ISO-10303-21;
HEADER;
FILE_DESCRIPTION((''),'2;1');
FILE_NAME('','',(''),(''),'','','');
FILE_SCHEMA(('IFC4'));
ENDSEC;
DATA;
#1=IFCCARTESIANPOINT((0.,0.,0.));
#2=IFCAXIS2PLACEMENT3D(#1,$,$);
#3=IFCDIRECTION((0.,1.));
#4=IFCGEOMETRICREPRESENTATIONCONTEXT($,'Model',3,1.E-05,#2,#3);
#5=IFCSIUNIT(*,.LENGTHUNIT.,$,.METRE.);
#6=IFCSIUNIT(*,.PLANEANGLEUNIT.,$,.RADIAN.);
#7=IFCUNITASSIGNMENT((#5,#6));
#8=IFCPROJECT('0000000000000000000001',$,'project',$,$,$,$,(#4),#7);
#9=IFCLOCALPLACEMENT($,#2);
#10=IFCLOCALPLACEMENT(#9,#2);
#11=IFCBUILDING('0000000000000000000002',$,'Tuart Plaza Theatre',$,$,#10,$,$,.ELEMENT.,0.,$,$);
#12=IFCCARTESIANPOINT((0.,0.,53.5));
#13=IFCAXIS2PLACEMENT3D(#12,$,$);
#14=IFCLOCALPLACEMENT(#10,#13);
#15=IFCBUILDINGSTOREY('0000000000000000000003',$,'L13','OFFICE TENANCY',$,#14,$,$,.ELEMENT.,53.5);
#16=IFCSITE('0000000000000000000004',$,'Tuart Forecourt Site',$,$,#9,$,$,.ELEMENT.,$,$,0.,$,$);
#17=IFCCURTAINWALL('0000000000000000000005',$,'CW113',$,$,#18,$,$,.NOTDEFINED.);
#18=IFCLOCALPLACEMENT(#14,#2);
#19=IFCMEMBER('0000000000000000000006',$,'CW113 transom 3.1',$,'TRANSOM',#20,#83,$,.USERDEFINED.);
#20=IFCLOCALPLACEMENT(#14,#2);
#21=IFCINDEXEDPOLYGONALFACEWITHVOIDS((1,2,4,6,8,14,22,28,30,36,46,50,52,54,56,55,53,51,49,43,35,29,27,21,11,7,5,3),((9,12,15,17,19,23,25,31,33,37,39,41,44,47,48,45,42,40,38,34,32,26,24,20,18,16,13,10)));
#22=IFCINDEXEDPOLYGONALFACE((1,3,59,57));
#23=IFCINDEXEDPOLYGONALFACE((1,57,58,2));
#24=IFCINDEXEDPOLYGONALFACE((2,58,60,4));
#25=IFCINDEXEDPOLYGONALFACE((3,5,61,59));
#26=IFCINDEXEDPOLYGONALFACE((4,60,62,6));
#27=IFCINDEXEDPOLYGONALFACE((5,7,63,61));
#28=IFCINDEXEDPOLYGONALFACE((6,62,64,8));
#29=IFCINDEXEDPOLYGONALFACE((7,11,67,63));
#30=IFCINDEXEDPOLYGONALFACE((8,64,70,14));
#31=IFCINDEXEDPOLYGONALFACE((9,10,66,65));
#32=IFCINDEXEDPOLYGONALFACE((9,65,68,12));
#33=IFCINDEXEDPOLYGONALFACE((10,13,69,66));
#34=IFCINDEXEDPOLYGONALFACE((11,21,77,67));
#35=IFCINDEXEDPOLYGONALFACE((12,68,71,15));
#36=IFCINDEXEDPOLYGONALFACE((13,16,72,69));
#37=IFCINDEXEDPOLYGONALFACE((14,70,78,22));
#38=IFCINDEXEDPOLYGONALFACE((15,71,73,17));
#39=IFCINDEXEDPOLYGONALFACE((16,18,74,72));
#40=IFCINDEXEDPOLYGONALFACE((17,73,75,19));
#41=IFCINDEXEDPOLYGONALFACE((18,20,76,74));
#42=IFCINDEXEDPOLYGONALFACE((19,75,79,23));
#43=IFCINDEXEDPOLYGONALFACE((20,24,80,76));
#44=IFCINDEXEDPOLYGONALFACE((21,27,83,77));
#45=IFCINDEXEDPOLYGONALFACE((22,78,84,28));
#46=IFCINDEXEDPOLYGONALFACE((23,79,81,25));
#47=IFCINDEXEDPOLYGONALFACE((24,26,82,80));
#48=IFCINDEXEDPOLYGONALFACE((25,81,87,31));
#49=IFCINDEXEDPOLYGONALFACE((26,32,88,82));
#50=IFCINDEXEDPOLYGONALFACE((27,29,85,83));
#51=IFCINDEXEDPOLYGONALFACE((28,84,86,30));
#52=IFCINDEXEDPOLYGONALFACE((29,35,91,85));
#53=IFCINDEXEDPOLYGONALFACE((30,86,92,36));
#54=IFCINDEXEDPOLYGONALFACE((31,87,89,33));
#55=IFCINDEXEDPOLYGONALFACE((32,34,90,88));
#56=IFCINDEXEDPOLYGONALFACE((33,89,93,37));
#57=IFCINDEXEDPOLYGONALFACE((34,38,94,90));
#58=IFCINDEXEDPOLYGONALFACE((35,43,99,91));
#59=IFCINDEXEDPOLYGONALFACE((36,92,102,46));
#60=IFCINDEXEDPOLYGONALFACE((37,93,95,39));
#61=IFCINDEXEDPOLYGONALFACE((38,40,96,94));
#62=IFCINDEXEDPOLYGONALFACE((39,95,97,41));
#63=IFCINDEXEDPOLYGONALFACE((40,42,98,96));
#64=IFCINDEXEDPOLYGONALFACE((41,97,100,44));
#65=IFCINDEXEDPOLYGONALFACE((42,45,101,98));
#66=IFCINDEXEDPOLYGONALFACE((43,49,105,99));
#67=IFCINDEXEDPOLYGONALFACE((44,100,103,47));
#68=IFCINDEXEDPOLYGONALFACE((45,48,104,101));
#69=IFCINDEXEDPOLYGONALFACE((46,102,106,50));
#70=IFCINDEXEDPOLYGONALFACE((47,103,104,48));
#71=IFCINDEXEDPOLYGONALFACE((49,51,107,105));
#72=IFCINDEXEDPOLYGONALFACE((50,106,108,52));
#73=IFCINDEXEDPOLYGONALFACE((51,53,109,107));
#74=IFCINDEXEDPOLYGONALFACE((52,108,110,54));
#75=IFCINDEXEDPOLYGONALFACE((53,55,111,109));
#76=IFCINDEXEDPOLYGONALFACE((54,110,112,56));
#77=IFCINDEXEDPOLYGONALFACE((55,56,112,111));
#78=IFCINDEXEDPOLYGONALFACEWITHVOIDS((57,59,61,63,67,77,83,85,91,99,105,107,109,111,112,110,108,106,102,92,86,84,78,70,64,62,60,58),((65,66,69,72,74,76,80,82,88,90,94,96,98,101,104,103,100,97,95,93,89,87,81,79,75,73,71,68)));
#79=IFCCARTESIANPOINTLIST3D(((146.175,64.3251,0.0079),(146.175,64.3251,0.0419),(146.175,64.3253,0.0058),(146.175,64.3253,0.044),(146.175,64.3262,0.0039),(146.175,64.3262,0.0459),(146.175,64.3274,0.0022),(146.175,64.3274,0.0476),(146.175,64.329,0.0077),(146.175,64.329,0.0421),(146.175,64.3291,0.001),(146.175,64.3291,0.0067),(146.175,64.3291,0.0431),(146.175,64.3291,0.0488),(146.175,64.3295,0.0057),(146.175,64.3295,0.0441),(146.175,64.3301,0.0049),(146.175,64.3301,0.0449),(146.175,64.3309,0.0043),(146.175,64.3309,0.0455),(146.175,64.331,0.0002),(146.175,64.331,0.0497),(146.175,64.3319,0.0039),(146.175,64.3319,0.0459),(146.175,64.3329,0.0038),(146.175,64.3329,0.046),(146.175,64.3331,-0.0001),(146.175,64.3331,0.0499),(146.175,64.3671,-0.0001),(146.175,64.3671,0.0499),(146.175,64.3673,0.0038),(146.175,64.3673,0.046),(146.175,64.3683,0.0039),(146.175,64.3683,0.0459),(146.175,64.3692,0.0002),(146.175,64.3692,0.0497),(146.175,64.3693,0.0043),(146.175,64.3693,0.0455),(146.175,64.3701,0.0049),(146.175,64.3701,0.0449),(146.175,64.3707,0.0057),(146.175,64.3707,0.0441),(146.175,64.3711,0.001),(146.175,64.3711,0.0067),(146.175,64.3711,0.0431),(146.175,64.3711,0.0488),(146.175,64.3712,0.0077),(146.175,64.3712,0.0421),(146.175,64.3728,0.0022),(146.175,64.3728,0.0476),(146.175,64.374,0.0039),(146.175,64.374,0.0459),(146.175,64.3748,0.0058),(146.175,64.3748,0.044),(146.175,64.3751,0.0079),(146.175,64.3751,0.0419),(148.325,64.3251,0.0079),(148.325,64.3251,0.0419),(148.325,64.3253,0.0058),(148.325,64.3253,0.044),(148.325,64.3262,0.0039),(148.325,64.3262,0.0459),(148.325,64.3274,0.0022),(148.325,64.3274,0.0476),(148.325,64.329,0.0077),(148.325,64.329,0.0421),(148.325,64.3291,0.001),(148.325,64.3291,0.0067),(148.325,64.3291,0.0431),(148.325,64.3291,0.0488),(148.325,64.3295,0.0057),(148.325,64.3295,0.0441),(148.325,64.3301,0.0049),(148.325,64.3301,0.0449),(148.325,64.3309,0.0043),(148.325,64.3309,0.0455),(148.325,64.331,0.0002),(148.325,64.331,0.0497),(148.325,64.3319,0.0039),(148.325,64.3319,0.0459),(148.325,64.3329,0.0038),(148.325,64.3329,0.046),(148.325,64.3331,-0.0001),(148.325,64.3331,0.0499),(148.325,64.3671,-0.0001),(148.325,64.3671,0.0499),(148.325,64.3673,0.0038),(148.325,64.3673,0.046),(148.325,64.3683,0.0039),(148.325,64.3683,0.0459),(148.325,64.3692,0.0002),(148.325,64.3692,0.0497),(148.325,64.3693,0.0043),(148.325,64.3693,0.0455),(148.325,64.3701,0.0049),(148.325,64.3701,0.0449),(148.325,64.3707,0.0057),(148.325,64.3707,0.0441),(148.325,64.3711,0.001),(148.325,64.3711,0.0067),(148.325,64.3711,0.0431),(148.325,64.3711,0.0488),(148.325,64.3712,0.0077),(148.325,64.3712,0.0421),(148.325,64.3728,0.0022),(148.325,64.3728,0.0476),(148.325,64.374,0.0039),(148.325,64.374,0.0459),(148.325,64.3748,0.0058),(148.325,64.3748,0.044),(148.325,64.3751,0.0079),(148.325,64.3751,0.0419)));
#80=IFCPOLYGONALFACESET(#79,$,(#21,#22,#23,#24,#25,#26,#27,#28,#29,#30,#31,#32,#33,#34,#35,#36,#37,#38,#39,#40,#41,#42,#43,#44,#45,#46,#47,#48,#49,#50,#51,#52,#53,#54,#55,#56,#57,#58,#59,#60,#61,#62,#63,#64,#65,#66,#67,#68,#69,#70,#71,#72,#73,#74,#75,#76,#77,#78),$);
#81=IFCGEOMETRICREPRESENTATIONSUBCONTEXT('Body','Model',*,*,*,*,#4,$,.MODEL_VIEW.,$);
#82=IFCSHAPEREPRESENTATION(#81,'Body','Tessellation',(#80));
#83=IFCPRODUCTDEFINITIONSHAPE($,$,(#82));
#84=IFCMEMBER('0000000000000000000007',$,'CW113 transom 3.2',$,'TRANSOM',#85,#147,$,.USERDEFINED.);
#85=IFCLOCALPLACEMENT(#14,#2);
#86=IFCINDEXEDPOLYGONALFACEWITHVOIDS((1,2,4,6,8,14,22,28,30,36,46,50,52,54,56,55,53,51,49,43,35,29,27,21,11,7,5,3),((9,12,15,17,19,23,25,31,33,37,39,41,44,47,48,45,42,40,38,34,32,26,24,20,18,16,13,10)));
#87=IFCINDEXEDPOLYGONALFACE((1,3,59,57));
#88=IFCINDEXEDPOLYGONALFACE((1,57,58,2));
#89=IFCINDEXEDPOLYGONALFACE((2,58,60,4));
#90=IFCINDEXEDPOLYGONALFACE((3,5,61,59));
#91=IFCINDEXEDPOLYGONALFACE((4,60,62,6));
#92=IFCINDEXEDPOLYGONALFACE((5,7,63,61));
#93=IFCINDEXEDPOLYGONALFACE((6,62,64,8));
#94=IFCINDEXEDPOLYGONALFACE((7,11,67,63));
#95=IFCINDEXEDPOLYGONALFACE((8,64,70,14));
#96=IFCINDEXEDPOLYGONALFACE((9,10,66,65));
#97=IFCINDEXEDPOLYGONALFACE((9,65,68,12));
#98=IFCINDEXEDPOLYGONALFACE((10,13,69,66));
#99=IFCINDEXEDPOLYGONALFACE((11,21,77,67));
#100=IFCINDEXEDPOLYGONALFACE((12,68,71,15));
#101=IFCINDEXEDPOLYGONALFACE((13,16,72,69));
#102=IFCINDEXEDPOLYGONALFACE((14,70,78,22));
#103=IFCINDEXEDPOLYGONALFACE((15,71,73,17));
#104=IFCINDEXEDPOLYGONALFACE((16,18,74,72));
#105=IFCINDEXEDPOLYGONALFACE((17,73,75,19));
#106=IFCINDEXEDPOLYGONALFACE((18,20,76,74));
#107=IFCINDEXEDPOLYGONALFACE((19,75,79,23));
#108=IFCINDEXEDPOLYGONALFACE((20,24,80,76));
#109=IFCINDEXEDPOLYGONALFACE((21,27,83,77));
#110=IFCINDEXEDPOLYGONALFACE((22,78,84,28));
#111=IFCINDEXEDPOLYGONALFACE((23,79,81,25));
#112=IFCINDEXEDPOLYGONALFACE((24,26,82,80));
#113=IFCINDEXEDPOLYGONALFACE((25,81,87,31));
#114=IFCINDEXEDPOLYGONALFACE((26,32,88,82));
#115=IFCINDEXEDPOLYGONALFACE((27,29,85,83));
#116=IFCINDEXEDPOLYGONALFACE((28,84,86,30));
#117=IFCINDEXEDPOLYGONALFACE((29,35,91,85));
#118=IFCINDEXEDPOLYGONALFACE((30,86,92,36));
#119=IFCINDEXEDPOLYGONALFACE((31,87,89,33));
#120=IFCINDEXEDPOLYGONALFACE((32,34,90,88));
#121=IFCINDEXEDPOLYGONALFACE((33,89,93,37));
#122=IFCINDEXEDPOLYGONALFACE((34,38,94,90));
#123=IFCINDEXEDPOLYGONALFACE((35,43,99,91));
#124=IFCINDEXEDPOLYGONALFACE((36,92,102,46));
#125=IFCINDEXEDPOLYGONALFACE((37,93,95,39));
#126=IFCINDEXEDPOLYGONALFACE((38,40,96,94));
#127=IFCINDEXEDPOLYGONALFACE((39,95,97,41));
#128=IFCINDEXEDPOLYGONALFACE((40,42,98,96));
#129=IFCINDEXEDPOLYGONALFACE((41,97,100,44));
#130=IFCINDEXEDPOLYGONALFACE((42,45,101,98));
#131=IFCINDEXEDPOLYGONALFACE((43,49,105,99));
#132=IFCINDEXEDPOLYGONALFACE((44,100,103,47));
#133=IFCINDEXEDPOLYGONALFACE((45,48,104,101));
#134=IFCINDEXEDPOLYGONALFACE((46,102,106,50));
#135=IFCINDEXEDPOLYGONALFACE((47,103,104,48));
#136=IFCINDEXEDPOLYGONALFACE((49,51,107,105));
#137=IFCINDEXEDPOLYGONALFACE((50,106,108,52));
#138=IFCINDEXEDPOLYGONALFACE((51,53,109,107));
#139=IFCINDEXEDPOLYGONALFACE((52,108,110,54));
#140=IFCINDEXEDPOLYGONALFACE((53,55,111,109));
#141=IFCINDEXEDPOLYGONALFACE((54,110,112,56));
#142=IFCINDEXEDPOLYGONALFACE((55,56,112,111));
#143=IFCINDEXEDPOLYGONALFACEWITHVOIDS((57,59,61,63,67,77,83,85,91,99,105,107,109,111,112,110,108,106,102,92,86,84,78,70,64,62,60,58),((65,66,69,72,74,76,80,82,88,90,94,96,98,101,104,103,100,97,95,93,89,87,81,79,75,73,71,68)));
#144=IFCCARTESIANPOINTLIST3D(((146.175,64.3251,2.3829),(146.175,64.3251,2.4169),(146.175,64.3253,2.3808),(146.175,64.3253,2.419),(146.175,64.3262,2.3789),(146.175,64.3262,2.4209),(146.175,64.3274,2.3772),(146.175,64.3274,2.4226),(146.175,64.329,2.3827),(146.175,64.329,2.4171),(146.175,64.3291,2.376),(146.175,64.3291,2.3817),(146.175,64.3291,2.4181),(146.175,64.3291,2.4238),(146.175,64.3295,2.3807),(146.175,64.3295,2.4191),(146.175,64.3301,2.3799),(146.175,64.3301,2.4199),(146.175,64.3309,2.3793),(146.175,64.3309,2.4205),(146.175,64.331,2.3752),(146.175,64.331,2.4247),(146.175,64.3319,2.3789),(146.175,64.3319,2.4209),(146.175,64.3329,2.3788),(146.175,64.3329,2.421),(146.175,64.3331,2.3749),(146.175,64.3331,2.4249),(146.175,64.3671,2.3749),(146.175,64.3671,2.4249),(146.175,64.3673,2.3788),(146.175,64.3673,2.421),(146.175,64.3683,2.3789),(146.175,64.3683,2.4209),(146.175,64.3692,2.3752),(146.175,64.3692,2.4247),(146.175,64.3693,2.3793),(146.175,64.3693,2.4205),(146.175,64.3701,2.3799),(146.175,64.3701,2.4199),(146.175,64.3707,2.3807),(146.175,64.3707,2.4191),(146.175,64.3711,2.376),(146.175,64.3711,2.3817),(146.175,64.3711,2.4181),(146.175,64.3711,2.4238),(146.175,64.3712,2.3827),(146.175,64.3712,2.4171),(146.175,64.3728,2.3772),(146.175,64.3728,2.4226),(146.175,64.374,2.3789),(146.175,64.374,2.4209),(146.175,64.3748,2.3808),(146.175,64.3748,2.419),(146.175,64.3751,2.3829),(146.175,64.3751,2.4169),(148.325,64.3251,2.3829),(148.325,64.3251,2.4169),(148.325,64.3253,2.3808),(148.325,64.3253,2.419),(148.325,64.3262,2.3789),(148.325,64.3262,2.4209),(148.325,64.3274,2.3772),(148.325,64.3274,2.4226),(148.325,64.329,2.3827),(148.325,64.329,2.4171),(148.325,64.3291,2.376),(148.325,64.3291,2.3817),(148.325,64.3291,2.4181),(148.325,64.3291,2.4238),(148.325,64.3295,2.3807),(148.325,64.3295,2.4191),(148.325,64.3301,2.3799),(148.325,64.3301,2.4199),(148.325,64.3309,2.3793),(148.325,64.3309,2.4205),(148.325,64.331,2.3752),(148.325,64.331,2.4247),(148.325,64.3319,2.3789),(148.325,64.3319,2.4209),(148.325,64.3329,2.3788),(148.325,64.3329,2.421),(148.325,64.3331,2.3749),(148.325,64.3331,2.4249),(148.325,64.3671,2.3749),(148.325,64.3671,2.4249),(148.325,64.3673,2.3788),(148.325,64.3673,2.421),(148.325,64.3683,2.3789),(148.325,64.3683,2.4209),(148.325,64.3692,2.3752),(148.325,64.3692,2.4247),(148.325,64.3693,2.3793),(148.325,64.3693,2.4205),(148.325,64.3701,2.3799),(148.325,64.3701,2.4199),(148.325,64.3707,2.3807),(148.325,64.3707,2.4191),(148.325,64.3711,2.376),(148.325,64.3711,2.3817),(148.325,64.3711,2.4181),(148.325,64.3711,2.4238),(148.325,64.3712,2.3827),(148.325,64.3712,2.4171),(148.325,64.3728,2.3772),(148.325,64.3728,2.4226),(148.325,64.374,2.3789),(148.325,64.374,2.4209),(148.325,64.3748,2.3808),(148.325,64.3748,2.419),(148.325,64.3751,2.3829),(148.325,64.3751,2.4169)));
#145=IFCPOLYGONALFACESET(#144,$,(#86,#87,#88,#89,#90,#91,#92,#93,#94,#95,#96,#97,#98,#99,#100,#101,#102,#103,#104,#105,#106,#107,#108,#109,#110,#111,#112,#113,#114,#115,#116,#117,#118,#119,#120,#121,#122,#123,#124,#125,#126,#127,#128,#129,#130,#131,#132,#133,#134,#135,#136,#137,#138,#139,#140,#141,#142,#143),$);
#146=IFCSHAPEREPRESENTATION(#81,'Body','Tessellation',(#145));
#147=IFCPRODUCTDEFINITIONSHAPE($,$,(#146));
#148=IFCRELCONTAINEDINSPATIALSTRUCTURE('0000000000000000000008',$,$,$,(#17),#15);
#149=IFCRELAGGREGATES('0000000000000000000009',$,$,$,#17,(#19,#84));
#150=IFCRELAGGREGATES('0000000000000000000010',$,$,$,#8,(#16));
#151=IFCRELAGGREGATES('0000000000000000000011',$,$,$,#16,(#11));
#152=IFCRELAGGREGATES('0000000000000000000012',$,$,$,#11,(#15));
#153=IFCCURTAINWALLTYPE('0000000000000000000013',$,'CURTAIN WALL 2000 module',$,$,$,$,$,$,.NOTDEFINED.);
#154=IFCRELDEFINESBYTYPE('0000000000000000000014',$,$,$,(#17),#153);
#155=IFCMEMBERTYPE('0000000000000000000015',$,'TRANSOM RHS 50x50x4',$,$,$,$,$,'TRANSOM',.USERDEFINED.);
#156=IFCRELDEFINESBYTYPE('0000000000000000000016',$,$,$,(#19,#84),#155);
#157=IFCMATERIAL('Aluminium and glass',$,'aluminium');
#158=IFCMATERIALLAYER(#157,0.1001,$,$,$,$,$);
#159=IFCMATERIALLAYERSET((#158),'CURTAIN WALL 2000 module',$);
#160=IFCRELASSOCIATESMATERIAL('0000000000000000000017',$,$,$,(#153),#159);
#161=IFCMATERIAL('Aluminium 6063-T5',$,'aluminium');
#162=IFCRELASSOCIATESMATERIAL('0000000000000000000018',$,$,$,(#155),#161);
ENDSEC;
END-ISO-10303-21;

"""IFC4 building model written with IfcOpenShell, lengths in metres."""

from ifc_helpers import new_model, si_unit, direction, frame, origin, origin_2d, place, context, subcontext, project, spatial, hollow_rectangle, extrude, material, layer, layer_set, material_profile, profile_set, type_object, element, aggregate, save


model = new_model("IFC4")

# Units and contexts
model_context = context("Model", 3, precision=1e-05, world=origin(), true_north=direction((0.0, 1.0)))
body_context = subcontext(model_context, "Body", "Model", "MODEL_VIEW")
ifc_project = project(units=[si_unit("LENGTHUNIT", "METRE"), si_unit("PLANEANGLEUNIT", "RADIAN")], contexts=[model_context])

# Site, building, storey
site_placement = place(None, origin())
site = spatial("IfcSite", under=ifc_project, at=site_placement, Name="Tuart Forecourt Site", CompositionType="ELEMENT", RefElevation=0.0)
building_placement = place(site_placement, origin())
building = spatial("IfcBuilding", under=site, at=building_placement, Name="Tuart Plaza Theatre", CompositionType="ELEMENT", ElevationOfRefHeight=0.0)
storey_placement = place(building_placement, frame((0.0, 0.0, 53.5)))
storey = spatial("IfcBuildingStorey", under=building, at=storey_placement, Name="L13", Description="OFFICE TENANCY", CompositionType="ELEMENT", Elevation=53.5)

# Curtain wall, members
ifc_material_1 = material(Name="Aluminium and glass", Category="aluminium")
ifc_layer_1 = layer(ifc_material_1, 0.1001)
ifc_layer_set_1 = layer_set([ifc_layer_1], Name="CURTAIN WALL 2000 module")
curtain_wall_type = type_object("IfcCurtainWallType", Name="CURTAIN WALL 2000 module", PredefinedType="NOTDEFINED", material=ifc_layer_set_1)
curtain_wall_placement = place(storey_placement, origin())
curtain_wall = element("IfcCurtainWall", 1, at=curtain_wall_placement, inside=storey, type_object=curtain_wall_type, Name="CW113", PredefinedType="NOTDEFINED")
ifc_material_2 = material(Name="Aluminium 6063-T5", Category="aluminium")
ifc_material_profile_1 = material_profile(ifc_material_2, hollow_rectangle(XDim=0.05, YDim=0.05, WallThickness=0.0039, InnerFilletRadius=0.0039, OuterFilletRadius=0.0081, at=origin_2d()), Name="RHS 50x50x4")
ifc_profile_set_1 = profile_set([ifc_material_profile_1], Name="Aluminium 6063-T5")
member_type_1 = type_object("IfcMemberType", Name="TRANSOM RHS 50x50x4", ElementType="TRANSOM", PredefinedType="USERDEFINED", material=ifc_profile_set_1)
member_1_placement = place(storey_placement, frame((146.175, 64.3501, 0.0249), z_axis=(1.0, 0.0, 0.0), x_axis=(0.0, 1.0, 0.0)))
member_1 = element("IfcMember", 2, at=member_1_placement, type_object=member_type_1, Name="CW113 transom 3.1", ObjectType="TRANSOM", PredefinedType="USERDEFINED", context=body_context, shape_type="SweptSolid", body=[
    extrude(hollow_rectangle(XDim=0.05, YDim=0.05, WallThickness=0.0039, InnerFilletRadius=0.0039, OuterFilletRadius=0.0081, at=origin_2d()), origin(), (0.0, 0.0, 1.0), 2.1499),
])
member_2_placement = place(storey_placement, frame((146.175, 64.3501, 2.3999), z_axis=(1.0, 0.0, 0.0), x_axis=(0.0, 1.0, 0.0)))
member_2 = element("IfcMember", 3, at=member_2_placement, type_object=member_type_1, Name="CW113 transom 3.2", ObjectType="TRANSOM", PredefinedType="USERDEFINED", context=body_context, shape_type="SweptSolid", body=[
    extrude(hollow_rectangle(XDim=0.05, YDim=0.05, WallThickness=0.0039, InnerFilletRadius=0.0039, OuterFilletRadius=0.0081, at=origin_2d()), origin(), (0.0, 0.0, 1.0), 2.1499),
])
aggregate(curtain_wall, [member_1, member_2])

save(model, "model.ifc")
